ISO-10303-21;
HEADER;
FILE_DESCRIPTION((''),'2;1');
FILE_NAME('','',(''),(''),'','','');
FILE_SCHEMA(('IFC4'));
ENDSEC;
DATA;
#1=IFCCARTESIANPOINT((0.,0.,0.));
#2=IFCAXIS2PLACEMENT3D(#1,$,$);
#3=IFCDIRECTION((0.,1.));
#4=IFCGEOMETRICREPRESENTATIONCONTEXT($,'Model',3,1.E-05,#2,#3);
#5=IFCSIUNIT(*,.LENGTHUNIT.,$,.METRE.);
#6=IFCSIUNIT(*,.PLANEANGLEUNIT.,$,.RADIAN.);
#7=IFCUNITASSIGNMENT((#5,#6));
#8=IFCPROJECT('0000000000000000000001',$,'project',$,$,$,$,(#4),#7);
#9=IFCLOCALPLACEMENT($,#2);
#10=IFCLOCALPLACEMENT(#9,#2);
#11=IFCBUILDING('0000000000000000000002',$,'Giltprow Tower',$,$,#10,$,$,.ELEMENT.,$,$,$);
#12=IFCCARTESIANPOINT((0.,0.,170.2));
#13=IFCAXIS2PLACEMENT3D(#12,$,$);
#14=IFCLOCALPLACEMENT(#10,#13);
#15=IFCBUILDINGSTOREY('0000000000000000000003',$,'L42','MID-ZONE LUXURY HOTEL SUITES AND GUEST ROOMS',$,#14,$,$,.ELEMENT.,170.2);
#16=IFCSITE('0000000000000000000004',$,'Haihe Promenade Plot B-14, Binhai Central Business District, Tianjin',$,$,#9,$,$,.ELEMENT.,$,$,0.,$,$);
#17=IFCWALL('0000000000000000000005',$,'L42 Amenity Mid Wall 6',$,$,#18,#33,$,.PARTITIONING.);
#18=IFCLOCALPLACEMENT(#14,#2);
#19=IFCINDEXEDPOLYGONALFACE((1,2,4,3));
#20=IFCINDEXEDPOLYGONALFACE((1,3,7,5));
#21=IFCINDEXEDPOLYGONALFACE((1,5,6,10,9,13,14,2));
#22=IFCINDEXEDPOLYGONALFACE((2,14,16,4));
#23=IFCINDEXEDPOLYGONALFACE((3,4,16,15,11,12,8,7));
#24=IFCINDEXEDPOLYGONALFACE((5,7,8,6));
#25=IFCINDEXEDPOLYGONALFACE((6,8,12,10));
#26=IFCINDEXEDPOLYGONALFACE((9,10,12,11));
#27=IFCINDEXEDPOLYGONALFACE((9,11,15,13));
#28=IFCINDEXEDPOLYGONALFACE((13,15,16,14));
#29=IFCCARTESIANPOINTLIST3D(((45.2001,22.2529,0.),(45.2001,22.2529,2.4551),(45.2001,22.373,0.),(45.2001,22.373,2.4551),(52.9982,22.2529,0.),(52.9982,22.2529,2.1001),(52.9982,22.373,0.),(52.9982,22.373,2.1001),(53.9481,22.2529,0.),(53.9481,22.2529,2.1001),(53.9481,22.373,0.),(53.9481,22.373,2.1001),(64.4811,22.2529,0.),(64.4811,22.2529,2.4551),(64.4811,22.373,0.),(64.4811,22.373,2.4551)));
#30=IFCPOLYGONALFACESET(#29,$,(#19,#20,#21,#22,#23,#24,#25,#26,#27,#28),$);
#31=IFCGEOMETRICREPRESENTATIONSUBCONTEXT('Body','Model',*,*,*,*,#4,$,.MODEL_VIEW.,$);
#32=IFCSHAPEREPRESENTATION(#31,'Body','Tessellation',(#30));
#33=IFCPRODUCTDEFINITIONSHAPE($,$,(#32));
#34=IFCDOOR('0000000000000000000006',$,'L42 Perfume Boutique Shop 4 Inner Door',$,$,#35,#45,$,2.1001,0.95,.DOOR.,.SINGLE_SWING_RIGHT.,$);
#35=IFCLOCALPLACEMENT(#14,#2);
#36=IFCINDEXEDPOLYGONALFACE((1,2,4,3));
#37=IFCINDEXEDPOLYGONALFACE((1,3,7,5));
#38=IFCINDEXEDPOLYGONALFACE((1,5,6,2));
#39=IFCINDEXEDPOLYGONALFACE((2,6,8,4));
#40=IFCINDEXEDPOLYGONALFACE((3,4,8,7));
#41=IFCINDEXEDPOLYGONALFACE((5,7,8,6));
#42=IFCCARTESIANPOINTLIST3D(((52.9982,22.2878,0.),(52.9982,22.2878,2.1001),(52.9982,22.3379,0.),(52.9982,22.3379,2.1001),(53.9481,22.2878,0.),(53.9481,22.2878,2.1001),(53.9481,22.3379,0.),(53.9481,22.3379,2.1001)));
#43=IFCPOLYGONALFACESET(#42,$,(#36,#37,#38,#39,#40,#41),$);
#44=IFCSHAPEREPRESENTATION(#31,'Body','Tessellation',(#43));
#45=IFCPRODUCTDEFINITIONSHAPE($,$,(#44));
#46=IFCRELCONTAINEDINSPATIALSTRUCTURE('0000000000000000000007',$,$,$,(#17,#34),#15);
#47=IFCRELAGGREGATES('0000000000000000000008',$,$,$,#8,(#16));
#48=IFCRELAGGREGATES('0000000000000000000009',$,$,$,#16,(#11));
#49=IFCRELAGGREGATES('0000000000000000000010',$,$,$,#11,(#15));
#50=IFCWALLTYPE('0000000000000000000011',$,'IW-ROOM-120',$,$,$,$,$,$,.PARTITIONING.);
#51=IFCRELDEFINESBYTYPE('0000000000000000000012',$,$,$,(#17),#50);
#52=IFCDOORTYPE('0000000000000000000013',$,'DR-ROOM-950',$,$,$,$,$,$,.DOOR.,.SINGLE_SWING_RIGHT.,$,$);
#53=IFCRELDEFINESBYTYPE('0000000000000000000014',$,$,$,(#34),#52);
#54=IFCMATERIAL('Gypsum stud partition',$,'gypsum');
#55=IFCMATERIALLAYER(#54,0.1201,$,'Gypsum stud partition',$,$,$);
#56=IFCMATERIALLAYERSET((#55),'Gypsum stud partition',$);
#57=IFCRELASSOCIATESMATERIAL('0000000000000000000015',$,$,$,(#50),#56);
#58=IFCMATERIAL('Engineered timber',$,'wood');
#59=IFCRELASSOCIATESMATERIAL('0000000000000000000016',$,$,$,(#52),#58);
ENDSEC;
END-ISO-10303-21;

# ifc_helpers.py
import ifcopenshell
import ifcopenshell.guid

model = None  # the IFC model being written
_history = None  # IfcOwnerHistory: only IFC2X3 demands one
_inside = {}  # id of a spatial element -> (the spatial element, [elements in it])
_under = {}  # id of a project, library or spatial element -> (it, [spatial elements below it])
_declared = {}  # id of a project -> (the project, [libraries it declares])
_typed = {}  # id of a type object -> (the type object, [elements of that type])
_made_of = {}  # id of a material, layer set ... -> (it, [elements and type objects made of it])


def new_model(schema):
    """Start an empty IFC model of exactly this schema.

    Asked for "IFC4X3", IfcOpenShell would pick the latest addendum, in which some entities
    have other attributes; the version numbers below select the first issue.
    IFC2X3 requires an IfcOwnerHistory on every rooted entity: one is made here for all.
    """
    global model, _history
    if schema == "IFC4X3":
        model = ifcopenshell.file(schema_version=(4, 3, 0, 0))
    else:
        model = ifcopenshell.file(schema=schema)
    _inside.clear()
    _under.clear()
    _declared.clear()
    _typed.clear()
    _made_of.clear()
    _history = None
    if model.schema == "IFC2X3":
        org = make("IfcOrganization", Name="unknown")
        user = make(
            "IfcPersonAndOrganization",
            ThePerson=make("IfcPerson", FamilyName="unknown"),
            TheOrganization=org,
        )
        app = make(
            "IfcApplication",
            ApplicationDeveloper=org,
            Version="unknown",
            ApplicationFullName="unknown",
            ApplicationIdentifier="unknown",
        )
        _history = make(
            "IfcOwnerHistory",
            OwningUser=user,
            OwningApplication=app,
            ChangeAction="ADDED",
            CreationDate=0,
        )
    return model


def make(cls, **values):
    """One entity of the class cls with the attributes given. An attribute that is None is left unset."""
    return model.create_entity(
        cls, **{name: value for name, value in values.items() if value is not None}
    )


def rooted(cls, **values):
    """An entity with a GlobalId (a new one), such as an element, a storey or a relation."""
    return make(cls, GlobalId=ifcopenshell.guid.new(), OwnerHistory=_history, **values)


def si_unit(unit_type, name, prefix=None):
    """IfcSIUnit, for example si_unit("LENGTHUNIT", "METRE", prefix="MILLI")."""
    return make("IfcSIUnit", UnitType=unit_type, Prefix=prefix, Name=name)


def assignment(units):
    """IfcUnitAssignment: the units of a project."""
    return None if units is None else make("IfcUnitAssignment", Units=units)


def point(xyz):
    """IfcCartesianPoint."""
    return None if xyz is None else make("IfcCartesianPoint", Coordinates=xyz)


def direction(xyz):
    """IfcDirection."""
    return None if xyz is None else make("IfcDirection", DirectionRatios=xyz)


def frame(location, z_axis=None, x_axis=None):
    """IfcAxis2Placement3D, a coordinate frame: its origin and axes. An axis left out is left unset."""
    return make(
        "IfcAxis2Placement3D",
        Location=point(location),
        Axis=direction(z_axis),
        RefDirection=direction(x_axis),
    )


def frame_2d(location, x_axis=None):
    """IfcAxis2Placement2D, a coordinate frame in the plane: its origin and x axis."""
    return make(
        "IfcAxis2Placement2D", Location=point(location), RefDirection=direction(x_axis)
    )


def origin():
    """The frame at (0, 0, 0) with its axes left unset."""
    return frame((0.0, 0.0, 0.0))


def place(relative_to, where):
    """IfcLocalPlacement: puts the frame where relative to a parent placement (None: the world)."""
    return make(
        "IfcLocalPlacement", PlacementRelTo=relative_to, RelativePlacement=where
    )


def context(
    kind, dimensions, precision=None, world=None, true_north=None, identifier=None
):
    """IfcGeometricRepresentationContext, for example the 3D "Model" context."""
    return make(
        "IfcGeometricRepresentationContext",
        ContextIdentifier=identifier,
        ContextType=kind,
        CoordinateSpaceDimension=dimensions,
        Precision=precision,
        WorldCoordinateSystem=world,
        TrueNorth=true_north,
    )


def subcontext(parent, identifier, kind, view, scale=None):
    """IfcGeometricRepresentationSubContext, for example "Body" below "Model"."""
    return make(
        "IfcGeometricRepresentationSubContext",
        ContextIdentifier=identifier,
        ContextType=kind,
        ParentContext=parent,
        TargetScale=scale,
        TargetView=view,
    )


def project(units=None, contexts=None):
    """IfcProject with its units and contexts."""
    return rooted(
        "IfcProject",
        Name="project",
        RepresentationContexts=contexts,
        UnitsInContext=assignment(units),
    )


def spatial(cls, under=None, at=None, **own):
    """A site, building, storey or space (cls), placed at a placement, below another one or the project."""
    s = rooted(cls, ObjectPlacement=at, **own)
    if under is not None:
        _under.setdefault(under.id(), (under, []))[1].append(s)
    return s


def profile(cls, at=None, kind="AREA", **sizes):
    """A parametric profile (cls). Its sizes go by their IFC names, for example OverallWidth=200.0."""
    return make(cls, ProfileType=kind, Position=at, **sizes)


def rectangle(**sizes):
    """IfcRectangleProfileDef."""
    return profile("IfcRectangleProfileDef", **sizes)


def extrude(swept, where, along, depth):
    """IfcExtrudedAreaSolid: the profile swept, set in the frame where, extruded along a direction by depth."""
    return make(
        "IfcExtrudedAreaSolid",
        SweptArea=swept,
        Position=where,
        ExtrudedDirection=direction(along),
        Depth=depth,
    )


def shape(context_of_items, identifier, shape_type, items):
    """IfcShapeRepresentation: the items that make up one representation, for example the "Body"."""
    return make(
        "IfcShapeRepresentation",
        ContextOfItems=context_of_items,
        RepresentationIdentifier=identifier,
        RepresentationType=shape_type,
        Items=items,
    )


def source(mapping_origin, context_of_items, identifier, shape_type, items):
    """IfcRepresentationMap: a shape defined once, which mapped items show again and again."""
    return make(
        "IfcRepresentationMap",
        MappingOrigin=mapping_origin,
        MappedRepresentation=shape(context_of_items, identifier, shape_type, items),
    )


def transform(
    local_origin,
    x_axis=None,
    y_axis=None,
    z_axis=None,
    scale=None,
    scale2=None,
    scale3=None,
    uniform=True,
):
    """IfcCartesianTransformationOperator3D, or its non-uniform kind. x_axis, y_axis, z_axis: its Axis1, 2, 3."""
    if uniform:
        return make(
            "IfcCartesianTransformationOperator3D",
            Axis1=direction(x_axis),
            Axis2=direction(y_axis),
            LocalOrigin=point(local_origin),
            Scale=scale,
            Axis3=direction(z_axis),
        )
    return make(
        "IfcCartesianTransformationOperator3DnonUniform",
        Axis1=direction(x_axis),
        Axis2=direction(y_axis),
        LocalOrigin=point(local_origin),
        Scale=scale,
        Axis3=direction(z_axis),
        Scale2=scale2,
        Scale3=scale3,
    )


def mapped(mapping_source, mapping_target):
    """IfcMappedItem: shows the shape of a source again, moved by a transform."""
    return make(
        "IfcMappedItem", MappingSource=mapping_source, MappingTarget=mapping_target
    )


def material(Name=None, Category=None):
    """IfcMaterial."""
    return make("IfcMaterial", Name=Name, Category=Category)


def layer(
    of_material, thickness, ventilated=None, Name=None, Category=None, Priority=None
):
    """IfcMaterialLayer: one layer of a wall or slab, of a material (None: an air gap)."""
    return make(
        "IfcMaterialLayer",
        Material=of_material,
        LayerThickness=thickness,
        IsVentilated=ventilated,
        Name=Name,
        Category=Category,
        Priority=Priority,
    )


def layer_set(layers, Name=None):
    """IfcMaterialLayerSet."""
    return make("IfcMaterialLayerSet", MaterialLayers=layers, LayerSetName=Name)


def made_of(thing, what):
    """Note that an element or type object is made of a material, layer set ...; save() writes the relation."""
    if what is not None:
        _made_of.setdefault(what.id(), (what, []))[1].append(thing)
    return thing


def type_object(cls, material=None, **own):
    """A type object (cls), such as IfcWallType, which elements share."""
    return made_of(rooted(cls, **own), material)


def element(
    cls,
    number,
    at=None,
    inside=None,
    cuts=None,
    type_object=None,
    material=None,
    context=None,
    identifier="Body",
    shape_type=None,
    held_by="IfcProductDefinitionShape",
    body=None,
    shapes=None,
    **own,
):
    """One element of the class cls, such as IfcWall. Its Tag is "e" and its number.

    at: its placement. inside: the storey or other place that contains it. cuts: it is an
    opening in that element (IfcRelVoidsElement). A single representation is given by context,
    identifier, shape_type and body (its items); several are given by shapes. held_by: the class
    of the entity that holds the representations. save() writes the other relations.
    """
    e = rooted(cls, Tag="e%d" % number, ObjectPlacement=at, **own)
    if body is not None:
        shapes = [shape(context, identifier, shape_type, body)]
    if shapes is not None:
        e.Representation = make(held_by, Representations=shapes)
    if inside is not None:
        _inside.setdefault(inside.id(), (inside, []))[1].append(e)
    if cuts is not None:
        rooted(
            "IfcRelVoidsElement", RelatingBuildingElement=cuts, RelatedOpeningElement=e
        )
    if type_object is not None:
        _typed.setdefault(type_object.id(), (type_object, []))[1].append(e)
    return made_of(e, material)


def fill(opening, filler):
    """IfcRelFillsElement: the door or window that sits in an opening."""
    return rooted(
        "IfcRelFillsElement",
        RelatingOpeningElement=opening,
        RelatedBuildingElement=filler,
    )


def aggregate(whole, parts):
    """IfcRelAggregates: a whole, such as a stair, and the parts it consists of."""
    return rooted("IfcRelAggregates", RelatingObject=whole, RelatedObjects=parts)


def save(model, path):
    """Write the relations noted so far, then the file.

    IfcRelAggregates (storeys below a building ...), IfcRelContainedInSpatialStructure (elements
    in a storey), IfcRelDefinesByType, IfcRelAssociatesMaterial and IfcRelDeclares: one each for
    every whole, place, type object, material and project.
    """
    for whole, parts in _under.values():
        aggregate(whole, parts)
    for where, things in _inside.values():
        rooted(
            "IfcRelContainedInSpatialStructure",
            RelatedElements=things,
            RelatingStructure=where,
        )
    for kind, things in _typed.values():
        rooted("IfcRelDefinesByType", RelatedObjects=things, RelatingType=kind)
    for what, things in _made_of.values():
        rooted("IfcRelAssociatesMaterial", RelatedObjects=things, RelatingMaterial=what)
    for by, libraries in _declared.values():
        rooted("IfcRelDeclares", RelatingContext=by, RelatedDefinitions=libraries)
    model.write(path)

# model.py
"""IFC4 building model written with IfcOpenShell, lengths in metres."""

from ifc_helpers import new_model, si_unit, direction, frame, frame_2d, origin, place, context, subcontext, project, spatial, rectangle, extrude, source, transform, mapped, material, layer, layer_set, type_object, element, fill, save


model = new_model("IFC4")

# Units and contexts
model_context = context("Model", 3, precision=1e-05, world=origin(), true_north=direction((0.0, 1.0)))
body_context = subcontext(model_context, "Body", "Model", "MODEL_VIEW")
ifc_project = project(units=[si_unit("LENGTHUNIT", "METRE"), si_unit("PLANEANGLEUNIT", "RADIAN")], contexts=[model_context])

# Site, building, storey
site_placement = place(None, origin())
site = spatial("IfcSite", under=ifc_project, at=site_placement, Name="Haihe Promenade Plot B-14, Binhai Central Business District, Tianjin", CompositionType="ELEMENT", RefElevation=0.0)
building_placement = place(site_placement, origin())
building = spatial("IfcBuilding", under=site, at=building_placement, Name="Giltprow Tower", CompositionType="ELEMENT")
storey_placement = place(building_placement, frame((0.0, 0.0, 170.2)))
storey = spatial("IfcBuildingStorey", under=building, at=storey_placement, Name="L42", Description="MID-ZONE LUXURY HOTEL SUITES AND GUEST ROOMS", CompositionType="ELEMENT", Elevation=170.2)

# Wall, opening, door
ifc_material_1 = material(Name="Gypsum stud partition", Category="gypsum")
ifc_layer_1 = layer(ifc_material_1, 0.1201, Name="Gypsum stud partition")
ifc_layer_set_1 = layer_set([ifc_layer_1], Name="Gypsum stud partition")
wall_type = type_object("IfcWallType", Name="IW-ROOM-120", PredefinedType="PARTITIONING", material=ifc_layer_set_1)
ifc_material_2 = material(Name="Engineered timber", Category="wood")
door_type = type_object("IfcDoorType", Name="DR-ROOM-950", OperationType="SINGLE_SWING_RIGHT", PredefinedType="DOOR", material=ifc_material_2)
shared_shape_1 = source(origin(), body_context, "Body", "SweptSolid", [
    extrude(rectangle(XDim=0.95, YDim=2.1001, at=frame_2d((0.4751, 1.05))), frame((0.0, 0.0249, 0.0), z_axis=(0.0, -1.0, 0.0), x_axis=(1.0, 0.0, 0.0)), (0.0, 0.0, 1.0), 0.05),
])
wall_1_placement = place(storey_placement, frame((45.2, 22.313, 0.0), z_axis=(0.0, 0.0, 1.0), x_axis=(1.0, 0.0, 0.0)))
wall_1 = element("IfcWall", 1, at=wall_1_placement, inside=storey, type_object=wall_type, Name="L42 Amenity Mid Wall 6", PredefinedType="PARTITIONING", context=body_context, shape_type="SweptSolid", body=[
    extrude(rectangle(XDim=19.281, YDim=0.1201, at=frame_2d((9.6406, 0.0))), origin(), (0.0, 0.0, 1.0), 2.4551),
])
opening_1_placement = place(wall_1_placement, frame((7.7981, 0.0, 0.0)))
opening_1 = element("IfcOpeningElement", 2, at=opening_1_placement, cuts=wall_1, PredefinedType="OPENING", context=body_context, shape_type="SweptSolid", body=[
    extrude(rectangle(XDim=0.95, YDim=2.1001, at=frame_2d((0.4751, 1.05))), frame((0.0, 0.0701, 0.0), z_axis=(0.0, -1.0, 0.0), x_axis=(1.0, 0.0, 0.0)), (0.0, 0.0, 1.0), 0.1401),
])
door_1_placement = place(opening_1_placement, origin())
door_1 = element("IfcDoor", 3, at=door_1_placement, inside=storey, type_object=door_type, Name="L42 Perfume Boutique Shop 4 Inner Door", OperationType="SINGLE_SWING_RIGHT", OverallHeight=2.1001, OverallWidth=0.95, PredefinedType="DOOR", context=body_context, shape_type="MappedRepresentation", body=[
    mapped(shared_shape_1, transform((0.0, 0.0, 0.0), x_axis=(1.0, 0.0, 0.0), y_axis=(0.0, 1.0, 0.0), z_axis=(0.0, 0.0, 1.0), scale=1.0)),
])
fill(opening_1, door_1)

save(model, "model.ifc")
